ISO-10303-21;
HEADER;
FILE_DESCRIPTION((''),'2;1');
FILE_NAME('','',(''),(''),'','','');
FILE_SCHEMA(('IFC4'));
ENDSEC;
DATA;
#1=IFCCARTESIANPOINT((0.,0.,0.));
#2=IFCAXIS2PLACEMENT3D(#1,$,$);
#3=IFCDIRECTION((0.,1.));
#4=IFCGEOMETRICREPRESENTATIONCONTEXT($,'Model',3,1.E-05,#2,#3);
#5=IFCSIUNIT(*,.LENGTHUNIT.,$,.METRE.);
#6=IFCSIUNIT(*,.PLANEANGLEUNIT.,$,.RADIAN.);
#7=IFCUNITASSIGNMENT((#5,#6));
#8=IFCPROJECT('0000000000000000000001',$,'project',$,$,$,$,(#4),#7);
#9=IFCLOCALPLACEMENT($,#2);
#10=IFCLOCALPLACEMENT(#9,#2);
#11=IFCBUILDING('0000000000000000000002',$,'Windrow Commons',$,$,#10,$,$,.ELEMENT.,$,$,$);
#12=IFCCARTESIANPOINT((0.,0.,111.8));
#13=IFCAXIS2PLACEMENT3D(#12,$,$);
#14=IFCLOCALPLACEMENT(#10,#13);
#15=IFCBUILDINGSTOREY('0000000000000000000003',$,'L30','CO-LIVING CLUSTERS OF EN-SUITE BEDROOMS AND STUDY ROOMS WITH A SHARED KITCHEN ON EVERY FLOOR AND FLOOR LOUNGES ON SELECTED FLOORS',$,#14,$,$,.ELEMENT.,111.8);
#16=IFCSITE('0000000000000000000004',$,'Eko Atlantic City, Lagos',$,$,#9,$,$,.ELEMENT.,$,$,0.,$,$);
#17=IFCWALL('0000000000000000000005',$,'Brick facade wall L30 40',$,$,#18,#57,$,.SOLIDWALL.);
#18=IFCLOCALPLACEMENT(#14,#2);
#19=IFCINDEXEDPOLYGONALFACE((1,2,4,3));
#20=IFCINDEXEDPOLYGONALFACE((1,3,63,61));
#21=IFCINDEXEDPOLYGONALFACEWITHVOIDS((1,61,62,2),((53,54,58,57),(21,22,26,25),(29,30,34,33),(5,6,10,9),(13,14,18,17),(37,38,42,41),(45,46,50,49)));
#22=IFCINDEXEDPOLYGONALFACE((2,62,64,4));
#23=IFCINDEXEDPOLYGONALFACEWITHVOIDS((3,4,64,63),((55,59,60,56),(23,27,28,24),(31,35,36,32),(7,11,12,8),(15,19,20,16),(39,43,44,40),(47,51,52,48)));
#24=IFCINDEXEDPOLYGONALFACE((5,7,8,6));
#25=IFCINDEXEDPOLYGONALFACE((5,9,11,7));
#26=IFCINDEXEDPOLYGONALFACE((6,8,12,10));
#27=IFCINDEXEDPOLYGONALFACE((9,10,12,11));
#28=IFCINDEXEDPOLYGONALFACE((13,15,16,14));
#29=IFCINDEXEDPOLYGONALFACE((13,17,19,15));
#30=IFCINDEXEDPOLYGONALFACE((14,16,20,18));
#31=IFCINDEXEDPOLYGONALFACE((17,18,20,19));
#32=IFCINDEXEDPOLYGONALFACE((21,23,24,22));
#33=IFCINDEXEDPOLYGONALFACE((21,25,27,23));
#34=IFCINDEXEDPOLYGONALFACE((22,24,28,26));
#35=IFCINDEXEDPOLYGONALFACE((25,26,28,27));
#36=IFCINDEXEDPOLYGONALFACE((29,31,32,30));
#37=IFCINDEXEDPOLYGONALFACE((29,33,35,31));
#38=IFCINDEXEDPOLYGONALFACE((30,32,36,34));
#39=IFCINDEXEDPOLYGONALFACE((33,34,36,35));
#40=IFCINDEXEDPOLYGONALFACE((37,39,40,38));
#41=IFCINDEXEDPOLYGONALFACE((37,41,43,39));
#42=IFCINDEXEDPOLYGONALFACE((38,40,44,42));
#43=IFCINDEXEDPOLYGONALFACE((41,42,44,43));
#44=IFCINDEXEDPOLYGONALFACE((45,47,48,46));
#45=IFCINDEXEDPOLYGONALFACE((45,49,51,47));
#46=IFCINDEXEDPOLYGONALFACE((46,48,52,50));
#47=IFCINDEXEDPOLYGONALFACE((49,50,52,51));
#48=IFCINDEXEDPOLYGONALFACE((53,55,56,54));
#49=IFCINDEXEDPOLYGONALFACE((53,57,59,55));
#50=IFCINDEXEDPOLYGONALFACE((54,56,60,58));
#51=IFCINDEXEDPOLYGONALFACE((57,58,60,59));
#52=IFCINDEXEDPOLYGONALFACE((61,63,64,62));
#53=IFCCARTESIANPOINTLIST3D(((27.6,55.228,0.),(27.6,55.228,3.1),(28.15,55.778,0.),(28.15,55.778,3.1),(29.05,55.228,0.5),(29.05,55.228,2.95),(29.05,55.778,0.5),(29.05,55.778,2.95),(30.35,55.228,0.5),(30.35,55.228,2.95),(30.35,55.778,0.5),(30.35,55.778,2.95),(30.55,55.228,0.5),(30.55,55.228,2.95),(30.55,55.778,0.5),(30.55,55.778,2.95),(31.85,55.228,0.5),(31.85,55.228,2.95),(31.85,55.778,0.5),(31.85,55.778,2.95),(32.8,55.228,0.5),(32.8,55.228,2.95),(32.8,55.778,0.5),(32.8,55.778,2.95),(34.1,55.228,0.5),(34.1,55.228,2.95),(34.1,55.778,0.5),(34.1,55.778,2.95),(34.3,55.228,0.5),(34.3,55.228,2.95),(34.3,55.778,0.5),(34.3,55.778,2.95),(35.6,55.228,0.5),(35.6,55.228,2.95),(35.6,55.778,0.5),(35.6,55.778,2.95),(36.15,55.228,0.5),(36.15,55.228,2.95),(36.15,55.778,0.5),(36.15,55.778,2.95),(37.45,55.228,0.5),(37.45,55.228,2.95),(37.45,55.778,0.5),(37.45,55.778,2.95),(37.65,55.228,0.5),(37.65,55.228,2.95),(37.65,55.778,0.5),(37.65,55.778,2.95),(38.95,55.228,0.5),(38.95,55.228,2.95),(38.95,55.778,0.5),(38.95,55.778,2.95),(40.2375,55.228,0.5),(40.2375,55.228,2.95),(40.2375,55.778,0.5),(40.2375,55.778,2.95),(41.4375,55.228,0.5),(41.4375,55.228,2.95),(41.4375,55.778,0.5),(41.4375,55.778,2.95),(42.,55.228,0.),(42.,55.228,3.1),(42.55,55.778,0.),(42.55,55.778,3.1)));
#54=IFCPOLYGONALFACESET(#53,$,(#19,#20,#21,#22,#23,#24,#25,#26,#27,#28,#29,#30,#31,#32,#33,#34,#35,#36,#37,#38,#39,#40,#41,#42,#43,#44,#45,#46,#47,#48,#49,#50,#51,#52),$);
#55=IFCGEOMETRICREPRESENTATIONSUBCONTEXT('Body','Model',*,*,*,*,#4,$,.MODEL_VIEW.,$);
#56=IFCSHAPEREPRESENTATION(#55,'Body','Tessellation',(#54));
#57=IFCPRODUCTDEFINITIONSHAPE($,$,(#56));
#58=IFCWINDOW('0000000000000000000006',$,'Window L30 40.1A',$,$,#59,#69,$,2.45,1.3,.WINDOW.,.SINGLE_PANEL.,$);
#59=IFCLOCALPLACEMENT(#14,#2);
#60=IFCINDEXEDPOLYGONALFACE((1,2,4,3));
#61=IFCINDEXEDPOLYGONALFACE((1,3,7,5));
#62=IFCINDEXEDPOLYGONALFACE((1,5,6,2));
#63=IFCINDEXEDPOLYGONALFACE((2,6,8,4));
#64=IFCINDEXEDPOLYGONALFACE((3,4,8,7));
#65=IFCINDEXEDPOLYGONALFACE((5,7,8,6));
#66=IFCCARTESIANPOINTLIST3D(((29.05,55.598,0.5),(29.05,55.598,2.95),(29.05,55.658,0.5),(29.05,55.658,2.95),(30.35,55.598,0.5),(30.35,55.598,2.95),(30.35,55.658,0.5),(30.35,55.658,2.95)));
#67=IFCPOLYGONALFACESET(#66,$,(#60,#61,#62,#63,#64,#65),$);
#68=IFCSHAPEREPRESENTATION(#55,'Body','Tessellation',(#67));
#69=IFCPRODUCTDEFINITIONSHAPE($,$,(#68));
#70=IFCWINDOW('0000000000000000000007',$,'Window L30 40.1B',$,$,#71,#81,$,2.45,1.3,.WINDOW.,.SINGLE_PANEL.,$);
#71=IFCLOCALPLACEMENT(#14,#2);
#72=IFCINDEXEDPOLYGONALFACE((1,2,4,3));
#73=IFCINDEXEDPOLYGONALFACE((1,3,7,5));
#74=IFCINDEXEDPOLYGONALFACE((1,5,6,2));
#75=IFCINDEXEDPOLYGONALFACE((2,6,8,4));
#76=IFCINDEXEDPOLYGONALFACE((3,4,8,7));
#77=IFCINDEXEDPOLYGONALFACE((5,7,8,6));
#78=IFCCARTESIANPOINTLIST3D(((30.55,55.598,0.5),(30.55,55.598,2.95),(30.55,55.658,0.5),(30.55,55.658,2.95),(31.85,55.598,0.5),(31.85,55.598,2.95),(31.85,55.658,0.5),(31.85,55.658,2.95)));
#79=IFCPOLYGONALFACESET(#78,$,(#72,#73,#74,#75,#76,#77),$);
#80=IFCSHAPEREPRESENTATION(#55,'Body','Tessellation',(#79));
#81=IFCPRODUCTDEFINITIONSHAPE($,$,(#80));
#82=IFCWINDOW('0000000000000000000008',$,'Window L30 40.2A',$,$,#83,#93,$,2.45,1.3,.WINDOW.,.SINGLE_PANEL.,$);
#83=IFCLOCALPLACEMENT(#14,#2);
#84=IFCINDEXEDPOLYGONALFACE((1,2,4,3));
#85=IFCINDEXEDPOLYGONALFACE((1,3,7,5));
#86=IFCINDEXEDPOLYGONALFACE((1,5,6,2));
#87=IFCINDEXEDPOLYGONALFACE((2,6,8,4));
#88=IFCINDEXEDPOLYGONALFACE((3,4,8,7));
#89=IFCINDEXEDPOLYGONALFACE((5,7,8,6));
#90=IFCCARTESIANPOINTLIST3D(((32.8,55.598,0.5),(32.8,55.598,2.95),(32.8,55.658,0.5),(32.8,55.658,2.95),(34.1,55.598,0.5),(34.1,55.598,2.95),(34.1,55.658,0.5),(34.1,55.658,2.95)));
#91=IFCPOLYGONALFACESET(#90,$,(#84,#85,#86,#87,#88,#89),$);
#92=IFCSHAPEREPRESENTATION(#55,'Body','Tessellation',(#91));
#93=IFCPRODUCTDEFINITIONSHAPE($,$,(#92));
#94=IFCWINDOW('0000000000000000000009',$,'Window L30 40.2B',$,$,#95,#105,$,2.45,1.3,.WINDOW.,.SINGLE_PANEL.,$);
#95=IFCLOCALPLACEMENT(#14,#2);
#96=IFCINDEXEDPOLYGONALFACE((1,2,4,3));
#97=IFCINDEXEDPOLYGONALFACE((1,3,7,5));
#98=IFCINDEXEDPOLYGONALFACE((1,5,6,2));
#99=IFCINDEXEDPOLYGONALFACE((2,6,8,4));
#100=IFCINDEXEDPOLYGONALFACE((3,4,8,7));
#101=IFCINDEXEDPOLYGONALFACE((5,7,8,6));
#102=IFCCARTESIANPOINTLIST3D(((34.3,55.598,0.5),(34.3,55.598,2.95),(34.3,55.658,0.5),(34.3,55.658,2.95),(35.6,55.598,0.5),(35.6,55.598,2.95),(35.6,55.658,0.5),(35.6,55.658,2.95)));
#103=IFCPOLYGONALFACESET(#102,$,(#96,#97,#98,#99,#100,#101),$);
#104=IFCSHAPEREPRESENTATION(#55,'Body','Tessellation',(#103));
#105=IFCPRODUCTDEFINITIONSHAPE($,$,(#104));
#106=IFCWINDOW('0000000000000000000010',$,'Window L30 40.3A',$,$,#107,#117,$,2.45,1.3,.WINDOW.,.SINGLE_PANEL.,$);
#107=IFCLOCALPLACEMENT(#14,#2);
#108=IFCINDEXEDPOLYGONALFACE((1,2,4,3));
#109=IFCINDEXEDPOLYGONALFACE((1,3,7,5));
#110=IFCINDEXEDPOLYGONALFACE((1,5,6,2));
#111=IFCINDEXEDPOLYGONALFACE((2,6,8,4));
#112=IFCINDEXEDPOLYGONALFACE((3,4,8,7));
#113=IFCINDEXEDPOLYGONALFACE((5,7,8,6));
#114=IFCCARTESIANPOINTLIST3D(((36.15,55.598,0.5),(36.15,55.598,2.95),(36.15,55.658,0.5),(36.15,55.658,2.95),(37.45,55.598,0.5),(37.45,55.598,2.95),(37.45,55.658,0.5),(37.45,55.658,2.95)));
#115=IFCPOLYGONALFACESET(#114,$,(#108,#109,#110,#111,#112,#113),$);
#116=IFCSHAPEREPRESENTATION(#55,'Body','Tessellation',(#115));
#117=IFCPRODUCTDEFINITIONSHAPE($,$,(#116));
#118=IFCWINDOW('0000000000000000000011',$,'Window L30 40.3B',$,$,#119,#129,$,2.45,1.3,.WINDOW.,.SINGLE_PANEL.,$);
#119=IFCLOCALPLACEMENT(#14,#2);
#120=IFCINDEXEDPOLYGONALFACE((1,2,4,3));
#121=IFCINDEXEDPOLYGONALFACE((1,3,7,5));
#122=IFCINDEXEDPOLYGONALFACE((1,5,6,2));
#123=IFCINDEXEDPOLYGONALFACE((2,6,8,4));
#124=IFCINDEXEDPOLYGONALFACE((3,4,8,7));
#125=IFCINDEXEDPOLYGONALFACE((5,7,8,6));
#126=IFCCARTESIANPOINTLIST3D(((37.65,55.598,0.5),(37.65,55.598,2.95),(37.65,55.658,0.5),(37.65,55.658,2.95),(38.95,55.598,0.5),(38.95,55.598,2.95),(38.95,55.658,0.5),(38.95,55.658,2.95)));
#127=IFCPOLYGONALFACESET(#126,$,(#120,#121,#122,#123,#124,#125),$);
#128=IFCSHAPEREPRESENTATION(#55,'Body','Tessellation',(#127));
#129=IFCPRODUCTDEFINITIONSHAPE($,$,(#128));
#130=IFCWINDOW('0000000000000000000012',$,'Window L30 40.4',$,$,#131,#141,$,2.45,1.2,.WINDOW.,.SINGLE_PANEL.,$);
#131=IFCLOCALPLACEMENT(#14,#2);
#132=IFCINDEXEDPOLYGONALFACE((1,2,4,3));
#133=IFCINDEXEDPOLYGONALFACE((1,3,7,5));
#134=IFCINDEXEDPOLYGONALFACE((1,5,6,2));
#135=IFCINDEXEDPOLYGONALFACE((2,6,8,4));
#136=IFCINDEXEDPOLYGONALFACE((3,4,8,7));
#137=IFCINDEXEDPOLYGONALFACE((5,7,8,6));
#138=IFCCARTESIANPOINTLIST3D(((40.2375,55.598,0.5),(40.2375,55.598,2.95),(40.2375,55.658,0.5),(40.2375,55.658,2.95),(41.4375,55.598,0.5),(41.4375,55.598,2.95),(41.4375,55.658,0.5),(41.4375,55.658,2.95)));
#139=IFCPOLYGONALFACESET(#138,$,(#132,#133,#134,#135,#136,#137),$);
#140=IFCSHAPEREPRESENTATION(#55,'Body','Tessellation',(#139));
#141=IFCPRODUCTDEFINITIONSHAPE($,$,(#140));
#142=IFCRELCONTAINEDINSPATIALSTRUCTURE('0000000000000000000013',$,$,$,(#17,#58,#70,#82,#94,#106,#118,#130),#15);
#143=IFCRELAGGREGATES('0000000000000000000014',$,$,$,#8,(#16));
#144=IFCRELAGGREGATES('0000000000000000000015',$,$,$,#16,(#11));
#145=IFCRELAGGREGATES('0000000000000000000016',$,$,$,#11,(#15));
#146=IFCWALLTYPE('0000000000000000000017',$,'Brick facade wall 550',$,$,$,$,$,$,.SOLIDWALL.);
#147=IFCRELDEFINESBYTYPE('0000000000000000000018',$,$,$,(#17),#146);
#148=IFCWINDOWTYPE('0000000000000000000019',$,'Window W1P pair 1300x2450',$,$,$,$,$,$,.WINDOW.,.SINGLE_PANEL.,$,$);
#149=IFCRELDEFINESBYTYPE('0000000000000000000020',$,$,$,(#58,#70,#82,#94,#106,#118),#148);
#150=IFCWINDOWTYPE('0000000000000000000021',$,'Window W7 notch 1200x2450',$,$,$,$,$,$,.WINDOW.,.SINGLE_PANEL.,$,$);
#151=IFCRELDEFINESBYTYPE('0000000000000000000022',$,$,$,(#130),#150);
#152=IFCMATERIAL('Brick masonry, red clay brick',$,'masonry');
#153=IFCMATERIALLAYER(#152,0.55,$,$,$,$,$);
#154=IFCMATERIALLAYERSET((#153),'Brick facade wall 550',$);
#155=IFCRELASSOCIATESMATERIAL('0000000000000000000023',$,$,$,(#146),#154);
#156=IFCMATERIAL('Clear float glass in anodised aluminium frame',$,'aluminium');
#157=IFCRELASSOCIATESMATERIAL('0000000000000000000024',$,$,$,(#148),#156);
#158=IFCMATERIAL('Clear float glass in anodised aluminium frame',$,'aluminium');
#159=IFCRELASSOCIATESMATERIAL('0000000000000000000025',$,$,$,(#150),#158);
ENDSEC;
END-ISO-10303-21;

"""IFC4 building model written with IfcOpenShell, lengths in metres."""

from ifc_helpers import new_model, si_unit, direction, frame, frame_2d, origin, place, context, subcontext, project, spatial, polyline, rectangle, outline, extrude, material, layer, layer_set, type_object, element, fill, save


model = new_model("IFC4")

# Units and contexts
model_context = context("Model", 3, precision=1e-05, world=origin(), true_north=direction((0.0, 1.0)))
body_context = subcontext(model_context, "Body", "Model", "MODEL_VIEW")
ifc_project = project(units=[si_unit("LENGTHUNIT", "METRE"), si_unit("PLANEANGLEUNIT", "RADIAN")], contexts=[model_context])

# Site, building, storey
site_placement = place(None, origin())
site = spatial("IfcSite", under=ifc_project, at=site_placement, Name="Eko Atlantic City, Lagos", CompositionType="ELEMENT", RefElevation=0.0)
building_placement = place(site_placement, origin())
building = spatial("IfcBuilding", under=site, at=building_placement, Name="Windrow Commons", CompositionType="ELEMENT")
storey_placement = place(building_placement, frame((0.0, 0.0, 111.8)))
storey = spatial("IfcBuildingStorey", under=building, at=storey_placement, Name="L30", Description="CO-LIVING CLUSTERS OF EN-SUITE BEDROOMS AND STUDY ROOMS WITH A SHARED KITCHEN ON EVERY FLOOR AND FLOOR LOUNGES ON SELECTED FLOORS", CompositionType="ELEMENT", Elevation=111.8)

# Wall, openings, windows
ifc_material_1 = material(Name="Brick masonry, red clay brick", Category="masonry")
ifc_layer_1 = layer(ifc_material_1, 0.55)
ifc_layer_set_1 = layer_set([ifc_layer_1], Name="Brick facade wall 550")
wall_type_1 = type_object("IfcWallType", Name="Brick facade wall 550", PredefinedType="SOLIDWALL", material=ifc_layer_set_1)
wall_1_placement = place(storey_placement, frame((27.875, 55.503, 0.0), z_axis=(0.0, 0.0, 1.0), x_axis=(1.0, 0.0, 0.0)))
wall_1 = element("IfcWall", 1, at=wall_1_placement, inside=storey, type_object=wall_type_1, Name="Brick facade wall L30 40", PredefinedType="SOLIDWALL", context=body_context, shape_type="SweptSolid", body=[
    extrude(outline(polyline([(-0.275, -0.275), (14.125, -0.275), (14.675, 0.275), (0.275, 0.275), (-0.275, -0.275)])), origin(), (0.0, 0.0, 1.0), 3.1),
])
opening_1_placement = place(wall_1_placement, frame((1.175, 0.0, 0.5)))
opening_1 = element("IfcOpeningElement", 2, at=opening_1_placement, cuts=wall_1, PredefinedType="OPENING", context=body_context, shape_type="SweptSolid", body=[
    extrude(rectangle(XDim=1.3, YDim=2.45, at=frame_2d((0.65, 1.225))), frame((0.0, 0.285, 0.0), z_axis=(0.0, -1.0, 0.0), x_axis=(1.0, 0.0, 0.0)), (0.0, 0.0, 1.0), 0.57),
])
opening_2_placement = place(wall_1_placement, frame((2.675, 0.0, 0.5)))
opening_2 = element("IfcOpeningElement", 3, at=opening_2_placement, cuts=wall_1, PredefinedType="OPENING", context=body_context, shape_type="SweptSolid", body=[
    extrude(rectangle(XDim=1.3, YDim=2.45, at=frame_2d((0.65, 1.225))), frame((0.0, 0.285, 0.0), z_axis=(0.0, -1.0, 0.0), x_axis=(1.0, 0.0, 0.0)), (0.0, 0.0, 1.0), 0.57),
])
opening_3_placement = place(wall_1_placement, frame((4.925, 0.0, 0.5)))
opening_3 = element("IfcOpeningElement", 4, at=opening_3_placement, cuts=wall_1, PredefinedType="OPENING", context=body_context, shape_type="SweptSolid", body=[
    extrude(rectangle(XDim=1.3, YDim=2.45, at=frame_2d((0.65, 1.225))), frame((0.0, 0.285, 0.0), z_axis=(0.0, -1.0, 0.0), x_axis=(1.0, 0.0, 0.0)), (0.0, 0.0, 1.0), 0.57),
])
opening_4_placement = place(wall_1_placement, frame((6.425, 0.0, 0.5)))
opening_4 = element("IfcOpeningElement", 5, at=opening_4_placement, cuts=wall_1, PredefinedType="OPENING", context=body_context, shape_type="SweptSolid", body=[
    extrude(rectangle(XDim=1.3, YDim=2.45, at=frame_2d((0.65, 1.225))), frame((0.0, 0.285, 0.0), z_axis=(0.0, -1.0, 0.0), x_axis=(1.0, 0.0, 0.0)), (0.0, 0.0, 1.0), 0.57),
])
opening_5_placement = place(wall_1_placement, frame((8.275, 0.0, 0.5)))
opening_5 = element("IfcOpeningElement", 6, at=opening_5_placement, cuts=wall_1, PredefinedType="OPENING", context=body_context, shape_type="SweptSolid", body=[
    extrude(rectangle(XDim=1.3, YDim=2.45, at=frame_2d((0.65, 1.225))), frame((0.0, 0.285, 0.0), z_axis=(0.0, -1.0, 0.0), x_axis=(1.0, 0.0, 0.0)), (0.0, 0.0, 1.0), 0.57),
])
opening_6_placement = place(wall_1_placement, frame((9.775, 0.0, 0.5)))
opening_6 = element("IfcOpeningElement", 7, at=opening_6_placement, cuts=wall_1, PredefinedType="OPENING", context=body_context, shape_type="SweptSolid", body=[
    extrude(rectangle(XDim=1.3, YDim=2.45, at=frame_2d((0.65, 1.225))), frame((0.0, 0.285, 0.0), z_axis=(0.0, -1.0, 0.0), x_axis=(1.0, 0.0, 0.0)), (0.0, 0.0, 1.0), 0.57),
])
opening_7_placement = place(wall_1_placement, frame((12.3625, 0.0, 0.5)))
opening_7 = element("IfcOpeningElement", 8, at=opening_7_placement, cuts=wall_1, PredefinedType="OPENING", context=body_context, shape_type="SweptSolid", body=[
    extrude(rectangle(XDim=1.2, YDim=2.45, at=frame_2d((0.6, 1.225))), frame((0.0, 0.285, 0.0), z_axis=(0.0, -1.0, 0.0), x_axis=(1.0, 0.0, 0.0)), (0.0, 0.0, 1.0), 0.57),
])
ifc_material_2 = material(Name="Clear float glass in anodised aluminium frame", Category="aluminium")
window_type_1 = type_object("IfcWindowType", Name="Window W1P pair 1300x2450", PartitioningType="SINGLE_PANEL", PredefinedType="WINDOW", material=ifc_material_2)
window_1_placement = place(opening_1_placement, origin())
window_1 = element("IfcWindow", 9, at=window_1_placement, inside=storey, type_object=window_type_1, Name="Window L30 40.1A", OverallHeight=2.45, OverallWidth=1.3, PartitioningType="SINGLE_PANEL", PredefinedType="WINDOW", context=body_context, shape_type="SweptSolid", body=[
    extrude(rectangle(XDim=1.3, YDim=2.45, at=frame_2d((0.65, 1.225))), frame((0.0, 0.155, 0.0), z_axis=(0.0, -1.0, 0.0), x_axis=(1.0, 0.0, 0.0)), (0.0, 0.0, 1.0), 0.06),
])
fill(opening_1, window_1)
window_2_placement = place(opening_2_placement, origin())
window_2 = element("IfcWindow", 10, at=window_2_placement, inside=storey, type_object=window_type_1, Name="Window L30 40.1B", OverallHeight=2.45, OverallWidth=1.3, PartitioningType="SINGLE_PANEL", PredefinedType="WINDOW", context=body_context, shape_type="SweptSolid", body=[
    extrude(rectangle(XDim=1.3, YDim=2.45, at=frame_2d((0.65, 1.225))), frame((0.0, 0.155, 0.0), z_axis=(0.0, -1.0, 0.0), x_axis=(1.0, 0.0, 0.0)), (0.0, 0.0, 1.0), 0.06),
])
fill(opening_2, window_2)
window_3_placement = place(opening_3_placement, origin())
window_3 = element("IfcWindow", 11, at=window_3_placement, inside=storey, type_object=window_type_1, Name="Window L30 40.2A", OverallHeight=2.45, OverallWidth=1.3, PartitioningType="SINGLE_PANEL", PredefinedType="WINDOW", context=body_context, shape_type="SweptSolid", body=[
    extrude(rectangle(XDim=1.3, YDim=2.45, at=frame_2d((0.65, 1.225))), frame((0.0, 0.155, 0.0), z_axis=(0.0, -1.0, 0.0), x_axis=(1.0, 0.0, 0.0)), (0.0, 0.0, 1.0), 0.06),
])
fill(opening_3, window_3)
window_4_placement = place(opening_4_placement, origin())
window_4 = element("IfcWindow", 12, at=window_4_placement, inside=storey, type_object=window_type_1, Name="Window L30 40.2B", OverallHeight=2.45, OverallWidth=1.3, PartitioningType="SINGLE_PANEL", PredefinedType="WINDOW", context=body_context, shape_type="SweptSolid", body=[
    extrude(rectangle(XDim=1.3, YDim=2.45, at=frame_2d((0.65, 1.225))), frame((0.0, 0.155, 0.0), z_axis=(0.0, -1.0, 0.0), x_axis=(1.0, 0.0, 0.0)), (0.0, 0.0, 1.0), 0.06),
])
fill(opening_4, window_4)
window_5_placement = place(opening_5_placement, origin())
window_5 = element("IfcWindow", 13, at=window_5_placement, inside=storey, type_object=window_type_1, Name="Window L30 40.3A", OverallHeight=2.45, OverallWidth=1.3, PartitioningType="SINGLE_PANEL", PredefinedType="WINDOW", context=body_context, shape_type="SweptSolid", body=[
    extrude(rectangle(XDim=1.3, YDim=2.45, at=frame_2d((0.65, 1.225))), frame((0.0, 0.155, 0.0), z_axis=(0.0, -1.0, 0.0), x_axis=(1.0, 0.0, 0.0)), (0.0, 0.0, 1.0), 0.06),
])
fill(opening_5, window_5)
window_6_placement = place(opening_6_placement, origin())
window_6 = element("IfcWindow", 14, at=window_6_placement, inside=storey, type_object=window_type_1, Name="Window L30 40.3B", OverallHeight=2.45, OverallWidth=1.3, PartitioningType="SINGLE_PANEL", PredefinedType="WINDOW", context=body_context, shape_type="SweptSolid", body=[
    extrude(rectangle(XDim=1.3, YDim=2.45, at=frame_2d((0.65, 1.225))), frame((0.0, 0.155, 0.0), z_axis=(0.0, -1.0, 0.0), x_axis=(1.0, 0.0, 0.0)), (0.0, 0.0, 1.0), 0.06),
])
fill(opening_6, window_6)
ifc_material_3 = material(Name="Clear float glass in anodised aluminium frame", Category="aluminium")
window_type_2 = type_object("IfcWindowType", Name="Window W7 notch 1200x2450", PartitioningType="SINGLE_PANEL", PredefinedType="WINDOW", material=ifc_material_3)
window_7_placement = place(opening_7_placement, origin())
window_7 = element("IfcWindow", 15, at=window_7_placement, inside=storey, type_object=window_type_2, Name="Window L30 40.4", OverallHeight=2.45, OverallWidth=1.2, PartitioningType="SINGLE_PANEL", PredefinedType="WINDOW", context=body_context, shape_type="SweptSolid", body=[
    extrude(rectangle(XDim=1.2, YDim=2.45, at=frame_2d((0.6, 1.225))), frame((0.0, 0.155, 0.0), z_axis=(0.0, -1.0, 0.0), x_axis=(1.0, 0.0, 0.0)), (0.0, 0.0, 1.0), 0.06),
])
fill(opening_7, window_7)

save(model, "model.ifc")
